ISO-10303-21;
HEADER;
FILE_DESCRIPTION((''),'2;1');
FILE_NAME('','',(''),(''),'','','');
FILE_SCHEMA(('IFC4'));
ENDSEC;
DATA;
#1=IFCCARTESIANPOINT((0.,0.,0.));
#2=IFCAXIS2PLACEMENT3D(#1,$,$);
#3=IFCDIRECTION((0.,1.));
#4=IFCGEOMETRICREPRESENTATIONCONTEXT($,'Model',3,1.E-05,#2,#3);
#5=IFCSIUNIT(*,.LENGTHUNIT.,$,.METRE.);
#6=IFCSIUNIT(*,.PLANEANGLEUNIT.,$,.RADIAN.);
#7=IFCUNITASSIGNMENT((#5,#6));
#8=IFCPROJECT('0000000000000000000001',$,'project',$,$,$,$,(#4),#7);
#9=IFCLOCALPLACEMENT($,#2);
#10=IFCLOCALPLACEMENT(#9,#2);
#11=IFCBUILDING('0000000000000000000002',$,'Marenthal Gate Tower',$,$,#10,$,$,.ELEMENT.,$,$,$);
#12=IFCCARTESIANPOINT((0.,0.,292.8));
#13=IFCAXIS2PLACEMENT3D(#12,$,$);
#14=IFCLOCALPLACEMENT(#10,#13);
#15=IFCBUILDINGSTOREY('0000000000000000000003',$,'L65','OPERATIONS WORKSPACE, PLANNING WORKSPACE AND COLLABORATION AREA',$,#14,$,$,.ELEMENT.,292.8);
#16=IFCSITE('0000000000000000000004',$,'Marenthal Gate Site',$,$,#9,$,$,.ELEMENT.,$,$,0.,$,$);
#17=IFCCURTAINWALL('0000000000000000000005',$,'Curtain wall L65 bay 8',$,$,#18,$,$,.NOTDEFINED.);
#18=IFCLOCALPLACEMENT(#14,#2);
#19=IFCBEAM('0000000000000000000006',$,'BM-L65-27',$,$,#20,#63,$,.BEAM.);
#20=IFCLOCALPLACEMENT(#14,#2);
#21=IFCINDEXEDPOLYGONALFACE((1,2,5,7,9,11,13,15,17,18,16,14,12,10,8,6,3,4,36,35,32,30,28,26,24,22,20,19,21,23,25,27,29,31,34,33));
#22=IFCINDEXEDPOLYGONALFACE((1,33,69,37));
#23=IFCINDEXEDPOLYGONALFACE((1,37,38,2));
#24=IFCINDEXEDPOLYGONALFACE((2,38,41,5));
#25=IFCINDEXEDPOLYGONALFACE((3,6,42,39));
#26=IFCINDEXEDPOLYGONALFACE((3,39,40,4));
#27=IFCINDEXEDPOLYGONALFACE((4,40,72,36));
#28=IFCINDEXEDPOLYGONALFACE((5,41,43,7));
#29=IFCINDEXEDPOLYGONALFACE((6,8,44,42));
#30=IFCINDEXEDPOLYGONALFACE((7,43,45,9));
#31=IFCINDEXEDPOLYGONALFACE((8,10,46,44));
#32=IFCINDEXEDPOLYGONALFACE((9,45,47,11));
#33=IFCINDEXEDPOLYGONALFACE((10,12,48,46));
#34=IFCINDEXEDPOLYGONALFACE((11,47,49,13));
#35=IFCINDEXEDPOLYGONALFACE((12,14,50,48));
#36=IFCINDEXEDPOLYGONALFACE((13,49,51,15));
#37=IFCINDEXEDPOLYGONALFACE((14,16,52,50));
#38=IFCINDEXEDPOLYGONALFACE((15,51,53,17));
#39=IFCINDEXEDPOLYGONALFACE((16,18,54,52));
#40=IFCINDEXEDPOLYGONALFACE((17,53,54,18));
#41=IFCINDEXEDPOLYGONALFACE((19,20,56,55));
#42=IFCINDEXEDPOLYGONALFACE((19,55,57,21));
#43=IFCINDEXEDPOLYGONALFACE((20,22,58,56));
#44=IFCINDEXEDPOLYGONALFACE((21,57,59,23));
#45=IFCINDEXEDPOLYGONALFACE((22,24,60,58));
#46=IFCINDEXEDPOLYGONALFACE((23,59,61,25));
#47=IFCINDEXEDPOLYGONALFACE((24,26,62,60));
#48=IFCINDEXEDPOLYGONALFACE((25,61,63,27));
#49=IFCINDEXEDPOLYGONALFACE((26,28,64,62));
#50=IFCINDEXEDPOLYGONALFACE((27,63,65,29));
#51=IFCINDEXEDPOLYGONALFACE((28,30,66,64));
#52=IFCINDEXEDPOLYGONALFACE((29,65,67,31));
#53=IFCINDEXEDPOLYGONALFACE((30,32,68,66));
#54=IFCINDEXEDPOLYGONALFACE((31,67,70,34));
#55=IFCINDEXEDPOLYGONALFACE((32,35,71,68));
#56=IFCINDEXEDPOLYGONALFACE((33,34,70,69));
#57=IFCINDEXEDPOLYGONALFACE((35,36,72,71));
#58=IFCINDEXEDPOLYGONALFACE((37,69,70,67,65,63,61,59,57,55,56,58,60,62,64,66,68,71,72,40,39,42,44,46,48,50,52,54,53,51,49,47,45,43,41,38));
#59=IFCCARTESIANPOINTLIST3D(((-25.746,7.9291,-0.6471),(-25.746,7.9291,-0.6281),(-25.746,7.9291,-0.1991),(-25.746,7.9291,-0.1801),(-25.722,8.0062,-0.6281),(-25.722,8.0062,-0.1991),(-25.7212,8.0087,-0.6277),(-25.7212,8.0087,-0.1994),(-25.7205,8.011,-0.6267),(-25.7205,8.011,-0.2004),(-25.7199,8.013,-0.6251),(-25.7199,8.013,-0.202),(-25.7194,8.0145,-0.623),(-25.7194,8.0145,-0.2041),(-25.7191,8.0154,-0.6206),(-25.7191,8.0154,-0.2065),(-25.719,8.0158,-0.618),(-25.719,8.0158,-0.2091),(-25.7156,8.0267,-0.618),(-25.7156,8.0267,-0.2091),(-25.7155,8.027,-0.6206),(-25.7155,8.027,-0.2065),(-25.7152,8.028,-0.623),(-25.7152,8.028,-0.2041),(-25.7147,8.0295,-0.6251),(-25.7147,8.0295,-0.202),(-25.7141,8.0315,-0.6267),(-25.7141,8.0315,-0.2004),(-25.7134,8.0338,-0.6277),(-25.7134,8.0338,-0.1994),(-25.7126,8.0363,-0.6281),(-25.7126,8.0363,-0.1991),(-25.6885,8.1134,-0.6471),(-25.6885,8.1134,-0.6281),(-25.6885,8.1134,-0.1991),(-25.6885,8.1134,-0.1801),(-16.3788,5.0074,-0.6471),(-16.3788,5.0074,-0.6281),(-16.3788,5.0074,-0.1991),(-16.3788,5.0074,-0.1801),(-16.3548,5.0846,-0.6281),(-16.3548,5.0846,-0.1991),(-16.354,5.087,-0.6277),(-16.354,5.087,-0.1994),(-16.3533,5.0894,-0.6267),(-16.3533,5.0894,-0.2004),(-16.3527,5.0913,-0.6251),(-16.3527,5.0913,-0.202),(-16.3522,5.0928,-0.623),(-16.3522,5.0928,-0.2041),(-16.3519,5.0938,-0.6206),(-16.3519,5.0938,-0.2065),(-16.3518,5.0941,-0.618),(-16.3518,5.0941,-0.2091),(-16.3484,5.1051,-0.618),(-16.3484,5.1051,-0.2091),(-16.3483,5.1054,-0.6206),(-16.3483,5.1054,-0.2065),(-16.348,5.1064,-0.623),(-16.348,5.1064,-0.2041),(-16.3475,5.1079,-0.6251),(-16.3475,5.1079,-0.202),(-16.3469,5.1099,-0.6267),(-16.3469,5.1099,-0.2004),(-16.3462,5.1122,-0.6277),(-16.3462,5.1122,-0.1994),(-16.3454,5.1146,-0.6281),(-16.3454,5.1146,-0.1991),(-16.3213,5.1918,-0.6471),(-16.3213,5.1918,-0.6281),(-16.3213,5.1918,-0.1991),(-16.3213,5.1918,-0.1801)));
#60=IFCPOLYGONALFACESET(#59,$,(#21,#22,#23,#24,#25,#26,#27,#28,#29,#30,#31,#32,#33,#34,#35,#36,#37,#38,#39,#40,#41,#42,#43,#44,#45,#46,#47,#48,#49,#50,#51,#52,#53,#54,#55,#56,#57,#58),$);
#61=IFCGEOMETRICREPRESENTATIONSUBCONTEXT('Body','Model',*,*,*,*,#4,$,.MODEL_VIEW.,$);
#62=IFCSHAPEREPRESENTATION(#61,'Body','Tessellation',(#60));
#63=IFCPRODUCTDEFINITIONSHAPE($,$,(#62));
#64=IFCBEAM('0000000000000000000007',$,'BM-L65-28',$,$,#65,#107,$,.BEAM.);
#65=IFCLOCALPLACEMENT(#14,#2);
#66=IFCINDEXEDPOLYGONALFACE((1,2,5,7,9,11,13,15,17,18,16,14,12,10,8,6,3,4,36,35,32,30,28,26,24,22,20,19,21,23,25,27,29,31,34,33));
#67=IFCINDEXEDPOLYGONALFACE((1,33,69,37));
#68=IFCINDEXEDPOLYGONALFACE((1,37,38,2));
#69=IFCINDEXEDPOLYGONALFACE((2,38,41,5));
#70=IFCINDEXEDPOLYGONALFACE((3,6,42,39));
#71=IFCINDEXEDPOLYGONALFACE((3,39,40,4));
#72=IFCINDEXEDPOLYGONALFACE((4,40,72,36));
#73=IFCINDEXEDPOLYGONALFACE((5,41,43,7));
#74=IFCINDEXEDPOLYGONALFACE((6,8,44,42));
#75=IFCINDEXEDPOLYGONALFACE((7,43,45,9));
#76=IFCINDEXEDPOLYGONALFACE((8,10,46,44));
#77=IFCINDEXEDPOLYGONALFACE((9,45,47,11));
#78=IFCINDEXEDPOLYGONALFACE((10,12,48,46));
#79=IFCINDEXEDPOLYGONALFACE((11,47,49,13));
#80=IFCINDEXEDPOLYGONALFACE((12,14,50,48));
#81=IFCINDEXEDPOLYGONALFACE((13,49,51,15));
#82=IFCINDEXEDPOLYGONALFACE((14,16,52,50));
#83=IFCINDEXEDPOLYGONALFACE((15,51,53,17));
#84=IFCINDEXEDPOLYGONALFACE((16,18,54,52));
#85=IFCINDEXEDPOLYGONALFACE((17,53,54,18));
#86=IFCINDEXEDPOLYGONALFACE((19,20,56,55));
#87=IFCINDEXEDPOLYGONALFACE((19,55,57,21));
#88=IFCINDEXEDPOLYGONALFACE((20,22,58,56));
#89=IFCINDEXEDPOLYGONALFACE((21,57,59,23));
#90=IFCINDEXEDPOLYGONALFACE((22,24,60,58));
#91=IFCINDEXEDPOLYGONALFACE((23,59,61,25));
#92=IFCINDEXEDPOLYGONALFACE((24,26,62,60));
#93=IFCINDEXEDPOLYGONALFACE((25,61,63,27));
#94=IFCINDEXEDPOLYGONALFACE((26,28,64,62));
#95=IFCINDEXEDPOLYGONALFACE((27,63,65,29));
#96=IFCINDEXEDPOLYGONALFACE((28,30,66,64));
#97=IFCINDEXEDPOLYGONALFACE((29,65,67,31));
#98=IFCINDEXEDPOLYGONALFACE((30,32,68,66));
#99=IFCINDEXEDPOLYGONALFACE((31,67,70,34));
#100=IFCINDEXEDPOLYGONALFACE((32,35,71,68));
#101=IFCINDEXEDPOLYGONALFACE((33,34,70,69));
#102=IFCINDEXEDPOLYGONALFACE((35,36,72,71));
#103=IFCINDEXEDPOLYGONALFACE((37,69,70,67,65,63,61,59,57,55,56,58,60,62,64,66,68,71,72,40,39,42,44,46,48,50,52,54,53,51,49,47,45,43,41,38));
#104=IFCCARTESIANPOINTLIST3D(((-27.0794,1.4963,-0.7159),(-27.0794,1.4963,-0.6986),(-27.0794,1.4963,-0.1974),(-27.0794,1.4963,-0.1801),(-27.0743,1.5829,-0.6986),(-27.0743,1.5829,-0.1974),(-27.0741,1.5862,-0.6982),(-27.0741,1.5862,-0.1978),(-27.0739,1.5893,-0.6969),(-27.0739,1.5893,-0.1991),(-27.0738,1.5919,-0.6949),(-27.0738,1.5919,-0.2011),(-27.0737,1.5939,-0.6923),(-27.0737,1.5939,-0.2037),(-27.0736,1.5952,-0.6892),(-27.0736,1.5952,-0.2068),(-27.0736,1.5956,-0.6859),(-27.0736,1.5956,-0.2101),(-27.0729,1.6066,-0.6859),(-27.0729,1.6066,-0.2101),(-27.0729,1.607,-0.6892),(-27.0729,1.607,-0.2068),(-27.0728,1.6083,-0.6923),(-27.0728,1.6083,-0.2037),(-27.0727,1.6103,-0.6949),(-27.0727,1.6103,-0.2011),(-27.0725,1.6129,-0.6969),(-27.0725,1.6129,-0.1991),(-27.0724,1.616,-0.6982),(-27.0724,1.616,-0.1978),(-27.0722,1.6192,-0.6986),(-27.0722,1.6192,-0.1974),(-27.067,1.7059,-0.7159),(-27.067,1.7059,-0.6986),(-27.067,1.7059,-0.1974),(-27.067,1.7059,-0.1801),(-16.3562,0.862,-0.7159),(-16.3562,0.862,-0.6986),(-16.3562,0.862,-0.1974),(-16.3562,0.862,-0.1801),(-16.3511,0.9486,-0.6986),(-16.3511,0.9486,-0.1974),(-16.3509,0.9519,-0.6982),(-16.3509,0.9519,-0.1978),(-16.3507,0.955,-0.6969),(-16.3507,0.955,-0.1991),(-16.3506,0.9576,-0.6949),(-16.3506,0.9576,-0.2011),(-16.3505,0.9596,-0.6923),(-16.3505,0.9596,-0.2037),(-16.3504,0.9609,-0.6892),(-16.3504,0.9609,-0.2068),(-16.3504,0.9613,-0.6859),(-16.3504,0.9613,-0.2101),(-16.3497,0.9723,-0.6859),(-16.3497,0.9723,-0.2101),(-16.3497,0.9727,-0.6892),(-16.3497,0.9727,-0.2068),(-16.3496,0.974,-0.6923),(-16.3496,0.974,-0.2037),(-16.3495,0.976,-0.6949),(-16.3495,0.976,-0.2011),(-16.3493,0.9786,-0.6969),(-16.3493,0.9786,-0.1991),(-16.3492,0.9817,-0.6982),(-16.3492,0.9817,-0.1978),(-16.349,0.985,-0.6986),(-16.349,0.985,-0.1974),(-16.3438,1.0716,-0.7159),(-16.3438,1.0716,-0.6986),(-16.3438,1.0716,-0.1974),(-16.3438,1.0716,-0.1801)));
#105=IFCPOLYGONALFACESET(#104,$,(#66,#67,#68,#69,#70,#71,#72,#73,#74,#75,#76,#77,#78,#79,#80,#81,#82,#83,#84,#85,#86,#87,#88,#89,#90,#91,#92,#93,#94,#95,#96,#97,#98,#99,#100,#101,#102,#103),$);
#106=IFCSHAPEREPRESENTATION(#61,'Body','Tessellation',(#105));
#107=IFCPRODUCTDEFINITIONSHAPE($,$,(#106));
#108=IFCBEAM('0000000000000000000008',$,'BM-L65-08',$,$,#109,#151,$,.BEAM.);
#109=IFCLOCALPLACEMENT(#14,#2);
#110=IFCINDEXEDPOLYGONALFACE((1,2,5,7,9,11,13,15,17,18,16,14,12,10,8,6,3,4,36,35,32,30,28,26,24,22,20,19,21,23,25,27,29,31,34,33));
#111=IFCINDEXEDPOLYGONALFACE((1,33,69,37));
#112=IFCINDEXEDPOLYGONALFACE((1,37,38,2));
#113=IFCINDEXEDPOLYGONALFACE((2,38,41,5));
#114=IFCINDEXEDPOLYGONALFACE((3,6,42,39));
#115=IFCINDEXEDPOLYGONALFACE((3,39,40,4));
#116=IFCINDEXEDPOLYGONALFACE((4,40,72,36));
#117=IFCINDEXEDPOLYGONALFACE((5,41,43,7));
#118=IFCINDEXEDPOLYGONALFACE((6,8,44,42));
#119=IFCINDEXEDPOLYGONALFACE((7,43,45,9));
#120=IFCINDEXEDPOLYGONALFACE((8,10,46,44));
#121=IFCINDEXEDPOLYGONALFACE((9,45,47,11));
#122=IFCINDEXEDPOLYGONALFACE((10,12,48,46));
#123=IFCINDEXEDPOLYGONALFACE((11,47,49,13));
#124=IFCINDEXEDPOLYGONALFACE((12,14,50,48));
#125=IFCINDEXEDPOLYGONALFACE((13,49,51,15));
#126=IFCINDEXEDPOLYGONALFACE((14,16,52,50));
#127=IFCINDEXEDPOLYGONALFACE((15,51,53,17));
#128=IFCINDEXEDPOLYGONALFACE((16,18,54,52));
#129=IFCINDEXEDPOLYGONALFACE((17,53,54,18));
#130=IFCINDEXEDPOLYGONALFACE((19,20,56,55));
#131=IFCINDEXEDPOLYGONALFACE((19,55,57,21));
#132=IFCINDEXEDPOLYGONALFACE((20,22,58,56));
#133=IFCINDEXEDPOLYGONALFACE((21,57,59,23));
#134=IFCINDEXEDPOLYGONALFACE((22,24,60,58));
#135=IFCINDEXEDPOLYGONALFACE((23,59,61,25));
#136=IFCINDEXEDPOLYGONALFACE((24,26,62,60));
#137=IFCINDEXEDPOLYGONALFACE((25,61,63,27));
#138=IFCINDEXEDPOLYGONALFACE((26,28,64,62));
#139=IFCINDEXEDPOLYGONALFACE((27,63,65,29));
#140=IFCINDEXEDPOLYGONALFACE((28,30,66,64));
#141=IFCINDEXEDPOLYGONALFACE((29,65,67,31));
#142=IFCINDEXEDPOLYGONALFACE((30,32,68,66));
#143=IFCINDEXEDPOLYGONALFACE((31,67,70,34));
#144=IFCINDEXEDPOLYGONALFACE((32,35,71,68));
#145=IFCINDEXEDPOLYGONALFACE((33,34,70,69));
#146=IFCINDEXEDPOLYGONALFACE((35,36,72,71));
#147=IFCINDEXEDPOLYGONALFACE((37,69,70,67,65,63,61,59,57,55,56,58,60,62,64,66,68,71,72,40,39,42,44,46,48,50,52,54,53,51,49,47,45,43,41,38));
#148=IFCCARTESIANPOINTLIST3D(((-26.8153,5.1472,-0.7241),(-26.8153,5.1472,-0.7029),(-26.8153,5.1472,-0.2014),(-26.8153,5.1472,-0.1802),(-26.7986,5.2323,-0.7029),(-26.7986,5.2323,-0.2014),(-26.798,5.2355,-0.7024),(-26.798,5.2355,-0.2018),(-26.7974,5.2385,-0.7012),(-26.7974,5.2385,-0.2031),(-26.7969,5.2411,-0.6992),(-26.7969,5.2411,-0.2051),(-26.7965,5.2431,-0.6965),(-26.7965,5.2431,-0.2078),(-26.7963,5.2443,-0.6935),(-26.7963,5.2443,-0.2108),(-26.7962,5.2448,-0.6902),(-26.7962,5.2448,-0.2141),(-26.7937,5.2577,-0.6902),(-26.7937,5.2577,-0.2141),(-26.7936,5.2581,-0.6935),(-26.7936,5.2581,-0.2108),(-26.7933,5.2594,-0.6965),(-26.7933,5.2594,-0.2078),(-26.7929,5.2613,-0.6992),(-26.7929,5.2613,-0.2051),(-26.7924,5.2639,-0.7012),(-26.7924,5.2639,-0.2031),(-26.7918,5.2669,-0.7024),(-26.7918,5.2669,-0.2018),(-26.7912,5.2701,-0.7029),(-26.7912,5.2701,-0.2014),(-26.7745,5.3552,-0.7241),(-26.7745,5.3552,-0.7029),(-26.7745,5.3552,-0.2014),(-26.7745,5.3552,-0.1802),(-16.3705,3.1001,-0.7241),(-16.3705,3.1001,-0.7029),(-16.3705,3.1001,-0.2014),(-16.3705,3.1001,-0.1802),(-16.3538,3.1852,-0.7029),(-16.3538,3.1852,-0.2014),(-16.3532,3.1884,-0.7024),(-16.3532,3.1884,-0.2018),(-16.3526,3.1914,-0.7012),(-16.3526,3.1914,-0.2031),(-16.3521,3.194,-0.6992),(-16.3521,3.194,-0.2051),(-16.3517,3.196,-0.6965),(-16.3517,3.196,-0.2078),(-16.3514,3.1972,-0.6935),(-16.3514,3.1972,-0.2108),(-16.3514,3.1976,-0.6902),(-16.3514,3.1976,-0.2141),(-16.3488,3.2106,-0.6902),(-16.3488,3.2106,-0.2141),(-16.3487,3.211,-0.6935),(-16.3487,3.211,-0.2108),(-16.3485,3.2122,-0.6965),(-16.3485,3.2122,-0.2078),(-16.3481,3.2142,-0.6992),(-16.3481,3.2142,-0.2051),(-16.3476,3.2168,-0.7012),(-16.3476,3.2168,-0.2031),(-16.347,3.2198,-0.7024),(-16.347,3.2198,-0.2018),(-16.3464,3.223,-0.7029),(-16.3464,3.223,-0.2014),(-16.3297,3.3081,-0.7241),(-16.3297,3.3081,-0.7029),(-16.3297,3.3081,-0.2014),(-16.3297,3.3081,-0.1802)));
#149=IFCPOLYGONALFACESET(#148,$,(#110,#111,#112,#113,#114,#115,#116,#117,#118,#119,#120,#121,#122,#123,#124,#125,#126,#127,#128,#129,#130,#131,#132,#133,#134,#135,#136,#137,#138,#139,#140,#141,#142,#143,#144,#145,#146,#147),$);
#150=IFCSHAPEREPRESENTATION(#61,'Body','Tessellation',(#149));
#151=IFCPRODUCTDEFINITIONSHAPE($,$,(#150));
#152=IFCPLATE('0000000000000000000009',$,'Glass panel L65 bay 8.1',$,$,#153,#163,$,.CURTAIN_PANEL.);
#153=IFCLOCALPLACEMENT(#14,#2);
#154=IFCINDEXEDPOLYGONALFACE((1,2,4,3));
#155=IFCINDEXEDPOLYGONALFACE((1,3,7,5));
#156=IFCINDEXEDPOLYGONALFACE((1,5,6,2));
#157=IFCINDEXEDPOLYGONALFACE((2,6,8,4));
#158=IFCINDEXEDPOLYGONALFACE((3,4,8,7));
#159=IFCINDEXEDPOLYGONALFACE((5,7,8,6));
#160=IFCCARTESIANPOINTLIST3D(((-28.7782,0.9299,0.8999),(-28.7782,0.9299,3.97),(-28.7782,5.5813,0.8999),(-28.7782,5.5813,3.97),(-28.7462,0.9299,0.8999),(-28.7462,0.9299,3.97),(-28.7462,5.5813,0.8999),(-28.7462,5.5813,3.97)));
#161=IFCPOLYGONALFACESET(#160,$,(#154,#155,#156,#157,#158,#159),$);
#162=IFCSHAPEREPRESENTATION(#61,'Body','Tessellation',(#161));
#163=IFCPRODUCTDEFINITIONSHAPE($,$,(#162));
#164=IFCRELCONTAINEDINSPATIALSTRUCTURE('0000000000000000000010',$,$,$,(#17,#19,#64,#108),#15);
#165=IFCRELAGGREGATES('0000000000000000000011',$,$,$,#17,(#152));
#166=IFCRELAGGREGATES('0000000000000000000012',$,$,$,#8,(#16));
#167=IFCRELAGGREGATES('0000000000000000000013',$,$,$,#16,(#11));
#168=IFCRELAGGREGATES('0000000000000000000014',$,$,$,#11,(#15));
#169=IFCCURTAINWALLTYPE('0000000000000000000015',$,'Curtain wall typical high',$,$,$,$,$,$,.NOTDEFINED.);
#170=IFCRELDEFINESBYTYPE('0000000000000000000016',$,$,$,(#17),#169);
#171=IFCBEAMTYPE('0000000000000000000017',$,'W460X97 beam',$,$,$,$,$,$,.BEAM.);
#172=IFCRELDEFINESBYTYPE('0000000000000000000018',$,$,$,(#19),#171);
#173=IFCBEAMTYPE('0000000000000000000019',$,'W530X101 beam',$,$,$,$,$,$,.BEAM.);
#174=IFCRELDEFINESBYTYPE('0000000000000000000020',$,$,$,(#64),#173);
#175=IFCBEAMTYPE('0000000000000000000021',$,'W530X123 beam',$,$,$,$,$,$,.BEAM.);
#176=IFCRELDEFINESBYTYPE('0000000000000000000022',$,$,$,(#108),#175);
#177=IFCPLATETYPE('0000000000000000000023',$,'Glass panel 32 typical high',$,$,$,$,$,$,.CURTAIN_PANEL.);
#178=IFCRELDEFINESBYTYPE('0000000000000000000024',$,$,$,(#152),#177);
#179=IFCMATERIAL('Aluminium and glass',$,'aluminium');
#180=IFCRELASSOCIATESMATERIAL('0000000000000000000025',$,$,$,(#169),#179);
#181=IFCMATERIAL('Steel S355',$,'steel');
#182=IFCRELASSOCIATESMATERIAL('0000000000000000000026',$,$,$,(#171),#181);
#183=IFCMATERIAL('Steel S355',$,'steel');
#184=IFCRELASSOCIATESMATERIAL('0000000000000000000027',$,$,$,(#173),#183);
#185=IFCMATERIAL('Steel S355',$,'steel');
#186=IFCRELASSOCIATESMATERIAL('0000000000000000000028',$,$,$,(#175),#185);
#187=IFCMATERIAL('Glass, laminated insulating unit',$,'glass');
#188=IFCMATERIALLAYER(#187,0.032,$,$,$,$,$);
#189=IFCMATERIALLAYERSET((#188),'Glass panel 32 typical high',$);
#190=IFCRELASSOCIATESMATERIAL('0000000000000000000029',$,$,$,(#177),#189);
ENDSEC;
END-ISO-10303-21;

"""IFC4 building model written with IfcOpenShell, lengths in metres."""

from ifc_helpers import new_model, si_unit, direction, frame, origin, origin_2d, place, context, subcontext, project, spatial, rectangle, i_section, extrude, material, layer, layer_set, material_profile, profile_set, type_object, element, aggregate, save


model = new_model("IFC4")

# Units and contexts
model_context = context("Model", 3, precision=1e-05, world=origin(), true_north=direction((0.0, 1.0)))
body_context = subcontext(model_context, "Body", "Model", "MODEL_VIEW")
ifc_project = project(units=[si_unit("LENGTHUNIT", "METRE"), si_unit("PLANEANGLEUNIT", "RADIAN")], contexts=[model_context])

# Site, building, storey
site_placement = place(None, origin())
site = spatial("IfcSite", under=ifc_project, at=site_placement, Name="Marenthal Gate Site", CompositionType="ELEMENT", RefElevation=0.0)
building_placement = place(site_placement, origin())
building = spatial("IfcBuilding", under=site, at=building_placement, Name="Marenthal Gate Tower", CompositionType="ELEMENT")
storey_placement = place(building_placement, frame((0.0, 0.0, 292.8)))
storey = spatial("IfcBuildingStorey", under=building, at=storey_placement, Name="L65", Description="OPERATIONS WORKSPACE, PLANNING WORKSPACE AND COLLABORATION AREA", CompositionType="ELEMENT", Elevation=292.8)

# Curtain wall
ifc_material_1 = material(Name="Aluminium and glass", Category="aluminium")
curtain_wall_type = type_object("IfcCurtainWallType", Name="Curtain wall typical high", PredefinedType="NOTDEFINED", material=ifc_material_1)
curtain_wall_placement = place(storey_placement, origin())
curtain_wall = element("IfcCurtainWall", 1, at=curtain_wall_placement, inside=storey, type_object=curtain_wall_type, Name="Curtain wall L65 bay 8", PredefinedType="NOTDEFINED")

# Beams
ifc_material_2 = material(Name="Steel S355", Category="steel")
ifc_material_profile_1 = material_profile(ifc_material_2, i_section(OverallWidth=0.1931, OverallDepth=0.467, WebThickness=0.0115, FlangeThickness=0.019, FilletRadius=0.01, at=origin_2d()), Name="W460X97")
ifc_profile_set_1 = profile_set([ifc_material_profile_1], Name="Steel S355")
beam_type_1 = type_object("IfcBeamType", Name="W460X97 beam", PredefinedType="BEAM", material=ifc_profile_set_1)
beam_1_placement = place(storey_placement, frame((-25.7173, 8.0212, -0.4136), z_axis=(0.954643, -0.297754, 0.0), x_axis=(0.297754, 0.954643, 0.0)))
element("IfcBeam", 2, at=beam_1_placement, inside=storey, type_object=beam_type_1, Name="BM-L65-27", PredefinedType="BEAM", context=body_context, shape_type="SweptSolid", body=[
    extrude(i_section(OverallWidth=0.1931, OverallDepth=0.467, WebThickness=0.0115, FlangeThickness=0.019, FilletRadius=0.01, at=origin_2d()), origin(), (0.0, 0.0, 1.0), 9.8123),
])
ifc_material_3 = material(Name="Steel S355", Category="steel")
ifc_material_profile_2 = material_profile(ifc_material_3, i_section(OverallWidth=0.21, OverallDepth=0.5359, WebThickness=0.011, FlangeThickness=0.0173, FilletRadius=0.0127, at=origin_2d()), Name="W530X101")
ifc_profile_set_2 = profile_set([ifc_material_profile_2], Name="Steel S355")
beam_type_2 = type_object("IfcBeamType", Name="W530X101 beam", PredefinedType="BEAM", material=ifc_profile_set_2)
beam_2_placement = place(storey_placement, frame((-27.0732, 1.6011, -0.448), z_axis=(0.998255, -0.059047, 0.0), x_axis=(0.059047, 0.998255, 0.0)))
element("IfcBeam", 3, at=beam_2_placement, inside=storey, type_object=beam_type_2, Name="BM-L65-28", PredefinedType="BEAM", context=body_context, shape_type="SweptSolid", body=[
    extrude(i_section(OverallWidth=0.21, OverallDepth=0.5359, WebThickness=0.011, FlangeThickness=0.0173, FilletRadius=0.0127, at=origin_2d()), origin(), (0.0, 0.0, 1.0), 10.7419),
])
ifc_material_4 = material(Name="Steel S355", Category="steel")
ifc_material_profile_3 = material_profile(ifc_material_4, i_section(OverallWidth=0.2119, OverallDepth=0.5439, WebThickness=0.0132, FlangeThickness=0.0212, FilletRadius=0.0127, at=origin_2d()), Name="W530X123")
ifc_profile_set_3 = profile_set([ifc_material_profile_3], Name="Steel S355")
beam_type_3 = type_object("IfcBeamType", Name="W530X123 beam", PredefinedType="BEAM", material=ifc_profile_set_3)
beam_3_placement = place(storey_placement, frame((-26.7949, 5.2512, -0.4521), z_axis=(0.981329, -0.192334, 0.0), x_axis=(0.192334, 0.981329, 0.0)))
element("IfcBeam", 4, at=beam_3_placement, inside=storey, type_object=beam_type_3, Name="BM-L65-08", PredefinedType="BEAM", context=body_context, shape_type="SweptSolid", body=[
    extrude(i_section(OverallWidth=0.2119, OverallDepth=0.5439, WebThickness=0.0132, FlangeThickness=0.0212, FilletRadius=0.0127, at=origin_2d()), origin(), (0.0, 0.0, 1.0), 10.6436),
])

# Plate
ifc_material_5 = material(Name="Glass, laminated insulating unit", Category="glass")
ifc_layer_1 = layer(ifc_material_5, 0.032)
ifc_layer_set_1 = layer_set([ifc_layer_1], Name="Glass panel 32 typical high")
plate_type = type_object("IfcPlateType", Name="Glass panel 32 typical high", PredefinedType="CURTAIN_PANEL", material=ifc_layer_set_1)
plate_placement = place(storey_placement, frame((-28.7622, 3.2556, 0.8999), z_axis=(0.0, 0.0, 1.0), x_axis=(0.0, -1.0, 0.0)))
plate = element("IfcPlate", 5, at=plate_placement, type_object=plate_type, Name="Glass panel L65 bay 8.1", PredefinedType="CURTAIN_PANEL", context=body_context, shape_type="SweptSolid", body=[
    extrude(rectangle(XDim=4.6514, YDim=0.032, at=origin_2d()), origin(), (0.0, 0.0, 1.0), 3.0701),
])
aggregate(curtain_wall, [plate])

save(model, "model.ifc")
